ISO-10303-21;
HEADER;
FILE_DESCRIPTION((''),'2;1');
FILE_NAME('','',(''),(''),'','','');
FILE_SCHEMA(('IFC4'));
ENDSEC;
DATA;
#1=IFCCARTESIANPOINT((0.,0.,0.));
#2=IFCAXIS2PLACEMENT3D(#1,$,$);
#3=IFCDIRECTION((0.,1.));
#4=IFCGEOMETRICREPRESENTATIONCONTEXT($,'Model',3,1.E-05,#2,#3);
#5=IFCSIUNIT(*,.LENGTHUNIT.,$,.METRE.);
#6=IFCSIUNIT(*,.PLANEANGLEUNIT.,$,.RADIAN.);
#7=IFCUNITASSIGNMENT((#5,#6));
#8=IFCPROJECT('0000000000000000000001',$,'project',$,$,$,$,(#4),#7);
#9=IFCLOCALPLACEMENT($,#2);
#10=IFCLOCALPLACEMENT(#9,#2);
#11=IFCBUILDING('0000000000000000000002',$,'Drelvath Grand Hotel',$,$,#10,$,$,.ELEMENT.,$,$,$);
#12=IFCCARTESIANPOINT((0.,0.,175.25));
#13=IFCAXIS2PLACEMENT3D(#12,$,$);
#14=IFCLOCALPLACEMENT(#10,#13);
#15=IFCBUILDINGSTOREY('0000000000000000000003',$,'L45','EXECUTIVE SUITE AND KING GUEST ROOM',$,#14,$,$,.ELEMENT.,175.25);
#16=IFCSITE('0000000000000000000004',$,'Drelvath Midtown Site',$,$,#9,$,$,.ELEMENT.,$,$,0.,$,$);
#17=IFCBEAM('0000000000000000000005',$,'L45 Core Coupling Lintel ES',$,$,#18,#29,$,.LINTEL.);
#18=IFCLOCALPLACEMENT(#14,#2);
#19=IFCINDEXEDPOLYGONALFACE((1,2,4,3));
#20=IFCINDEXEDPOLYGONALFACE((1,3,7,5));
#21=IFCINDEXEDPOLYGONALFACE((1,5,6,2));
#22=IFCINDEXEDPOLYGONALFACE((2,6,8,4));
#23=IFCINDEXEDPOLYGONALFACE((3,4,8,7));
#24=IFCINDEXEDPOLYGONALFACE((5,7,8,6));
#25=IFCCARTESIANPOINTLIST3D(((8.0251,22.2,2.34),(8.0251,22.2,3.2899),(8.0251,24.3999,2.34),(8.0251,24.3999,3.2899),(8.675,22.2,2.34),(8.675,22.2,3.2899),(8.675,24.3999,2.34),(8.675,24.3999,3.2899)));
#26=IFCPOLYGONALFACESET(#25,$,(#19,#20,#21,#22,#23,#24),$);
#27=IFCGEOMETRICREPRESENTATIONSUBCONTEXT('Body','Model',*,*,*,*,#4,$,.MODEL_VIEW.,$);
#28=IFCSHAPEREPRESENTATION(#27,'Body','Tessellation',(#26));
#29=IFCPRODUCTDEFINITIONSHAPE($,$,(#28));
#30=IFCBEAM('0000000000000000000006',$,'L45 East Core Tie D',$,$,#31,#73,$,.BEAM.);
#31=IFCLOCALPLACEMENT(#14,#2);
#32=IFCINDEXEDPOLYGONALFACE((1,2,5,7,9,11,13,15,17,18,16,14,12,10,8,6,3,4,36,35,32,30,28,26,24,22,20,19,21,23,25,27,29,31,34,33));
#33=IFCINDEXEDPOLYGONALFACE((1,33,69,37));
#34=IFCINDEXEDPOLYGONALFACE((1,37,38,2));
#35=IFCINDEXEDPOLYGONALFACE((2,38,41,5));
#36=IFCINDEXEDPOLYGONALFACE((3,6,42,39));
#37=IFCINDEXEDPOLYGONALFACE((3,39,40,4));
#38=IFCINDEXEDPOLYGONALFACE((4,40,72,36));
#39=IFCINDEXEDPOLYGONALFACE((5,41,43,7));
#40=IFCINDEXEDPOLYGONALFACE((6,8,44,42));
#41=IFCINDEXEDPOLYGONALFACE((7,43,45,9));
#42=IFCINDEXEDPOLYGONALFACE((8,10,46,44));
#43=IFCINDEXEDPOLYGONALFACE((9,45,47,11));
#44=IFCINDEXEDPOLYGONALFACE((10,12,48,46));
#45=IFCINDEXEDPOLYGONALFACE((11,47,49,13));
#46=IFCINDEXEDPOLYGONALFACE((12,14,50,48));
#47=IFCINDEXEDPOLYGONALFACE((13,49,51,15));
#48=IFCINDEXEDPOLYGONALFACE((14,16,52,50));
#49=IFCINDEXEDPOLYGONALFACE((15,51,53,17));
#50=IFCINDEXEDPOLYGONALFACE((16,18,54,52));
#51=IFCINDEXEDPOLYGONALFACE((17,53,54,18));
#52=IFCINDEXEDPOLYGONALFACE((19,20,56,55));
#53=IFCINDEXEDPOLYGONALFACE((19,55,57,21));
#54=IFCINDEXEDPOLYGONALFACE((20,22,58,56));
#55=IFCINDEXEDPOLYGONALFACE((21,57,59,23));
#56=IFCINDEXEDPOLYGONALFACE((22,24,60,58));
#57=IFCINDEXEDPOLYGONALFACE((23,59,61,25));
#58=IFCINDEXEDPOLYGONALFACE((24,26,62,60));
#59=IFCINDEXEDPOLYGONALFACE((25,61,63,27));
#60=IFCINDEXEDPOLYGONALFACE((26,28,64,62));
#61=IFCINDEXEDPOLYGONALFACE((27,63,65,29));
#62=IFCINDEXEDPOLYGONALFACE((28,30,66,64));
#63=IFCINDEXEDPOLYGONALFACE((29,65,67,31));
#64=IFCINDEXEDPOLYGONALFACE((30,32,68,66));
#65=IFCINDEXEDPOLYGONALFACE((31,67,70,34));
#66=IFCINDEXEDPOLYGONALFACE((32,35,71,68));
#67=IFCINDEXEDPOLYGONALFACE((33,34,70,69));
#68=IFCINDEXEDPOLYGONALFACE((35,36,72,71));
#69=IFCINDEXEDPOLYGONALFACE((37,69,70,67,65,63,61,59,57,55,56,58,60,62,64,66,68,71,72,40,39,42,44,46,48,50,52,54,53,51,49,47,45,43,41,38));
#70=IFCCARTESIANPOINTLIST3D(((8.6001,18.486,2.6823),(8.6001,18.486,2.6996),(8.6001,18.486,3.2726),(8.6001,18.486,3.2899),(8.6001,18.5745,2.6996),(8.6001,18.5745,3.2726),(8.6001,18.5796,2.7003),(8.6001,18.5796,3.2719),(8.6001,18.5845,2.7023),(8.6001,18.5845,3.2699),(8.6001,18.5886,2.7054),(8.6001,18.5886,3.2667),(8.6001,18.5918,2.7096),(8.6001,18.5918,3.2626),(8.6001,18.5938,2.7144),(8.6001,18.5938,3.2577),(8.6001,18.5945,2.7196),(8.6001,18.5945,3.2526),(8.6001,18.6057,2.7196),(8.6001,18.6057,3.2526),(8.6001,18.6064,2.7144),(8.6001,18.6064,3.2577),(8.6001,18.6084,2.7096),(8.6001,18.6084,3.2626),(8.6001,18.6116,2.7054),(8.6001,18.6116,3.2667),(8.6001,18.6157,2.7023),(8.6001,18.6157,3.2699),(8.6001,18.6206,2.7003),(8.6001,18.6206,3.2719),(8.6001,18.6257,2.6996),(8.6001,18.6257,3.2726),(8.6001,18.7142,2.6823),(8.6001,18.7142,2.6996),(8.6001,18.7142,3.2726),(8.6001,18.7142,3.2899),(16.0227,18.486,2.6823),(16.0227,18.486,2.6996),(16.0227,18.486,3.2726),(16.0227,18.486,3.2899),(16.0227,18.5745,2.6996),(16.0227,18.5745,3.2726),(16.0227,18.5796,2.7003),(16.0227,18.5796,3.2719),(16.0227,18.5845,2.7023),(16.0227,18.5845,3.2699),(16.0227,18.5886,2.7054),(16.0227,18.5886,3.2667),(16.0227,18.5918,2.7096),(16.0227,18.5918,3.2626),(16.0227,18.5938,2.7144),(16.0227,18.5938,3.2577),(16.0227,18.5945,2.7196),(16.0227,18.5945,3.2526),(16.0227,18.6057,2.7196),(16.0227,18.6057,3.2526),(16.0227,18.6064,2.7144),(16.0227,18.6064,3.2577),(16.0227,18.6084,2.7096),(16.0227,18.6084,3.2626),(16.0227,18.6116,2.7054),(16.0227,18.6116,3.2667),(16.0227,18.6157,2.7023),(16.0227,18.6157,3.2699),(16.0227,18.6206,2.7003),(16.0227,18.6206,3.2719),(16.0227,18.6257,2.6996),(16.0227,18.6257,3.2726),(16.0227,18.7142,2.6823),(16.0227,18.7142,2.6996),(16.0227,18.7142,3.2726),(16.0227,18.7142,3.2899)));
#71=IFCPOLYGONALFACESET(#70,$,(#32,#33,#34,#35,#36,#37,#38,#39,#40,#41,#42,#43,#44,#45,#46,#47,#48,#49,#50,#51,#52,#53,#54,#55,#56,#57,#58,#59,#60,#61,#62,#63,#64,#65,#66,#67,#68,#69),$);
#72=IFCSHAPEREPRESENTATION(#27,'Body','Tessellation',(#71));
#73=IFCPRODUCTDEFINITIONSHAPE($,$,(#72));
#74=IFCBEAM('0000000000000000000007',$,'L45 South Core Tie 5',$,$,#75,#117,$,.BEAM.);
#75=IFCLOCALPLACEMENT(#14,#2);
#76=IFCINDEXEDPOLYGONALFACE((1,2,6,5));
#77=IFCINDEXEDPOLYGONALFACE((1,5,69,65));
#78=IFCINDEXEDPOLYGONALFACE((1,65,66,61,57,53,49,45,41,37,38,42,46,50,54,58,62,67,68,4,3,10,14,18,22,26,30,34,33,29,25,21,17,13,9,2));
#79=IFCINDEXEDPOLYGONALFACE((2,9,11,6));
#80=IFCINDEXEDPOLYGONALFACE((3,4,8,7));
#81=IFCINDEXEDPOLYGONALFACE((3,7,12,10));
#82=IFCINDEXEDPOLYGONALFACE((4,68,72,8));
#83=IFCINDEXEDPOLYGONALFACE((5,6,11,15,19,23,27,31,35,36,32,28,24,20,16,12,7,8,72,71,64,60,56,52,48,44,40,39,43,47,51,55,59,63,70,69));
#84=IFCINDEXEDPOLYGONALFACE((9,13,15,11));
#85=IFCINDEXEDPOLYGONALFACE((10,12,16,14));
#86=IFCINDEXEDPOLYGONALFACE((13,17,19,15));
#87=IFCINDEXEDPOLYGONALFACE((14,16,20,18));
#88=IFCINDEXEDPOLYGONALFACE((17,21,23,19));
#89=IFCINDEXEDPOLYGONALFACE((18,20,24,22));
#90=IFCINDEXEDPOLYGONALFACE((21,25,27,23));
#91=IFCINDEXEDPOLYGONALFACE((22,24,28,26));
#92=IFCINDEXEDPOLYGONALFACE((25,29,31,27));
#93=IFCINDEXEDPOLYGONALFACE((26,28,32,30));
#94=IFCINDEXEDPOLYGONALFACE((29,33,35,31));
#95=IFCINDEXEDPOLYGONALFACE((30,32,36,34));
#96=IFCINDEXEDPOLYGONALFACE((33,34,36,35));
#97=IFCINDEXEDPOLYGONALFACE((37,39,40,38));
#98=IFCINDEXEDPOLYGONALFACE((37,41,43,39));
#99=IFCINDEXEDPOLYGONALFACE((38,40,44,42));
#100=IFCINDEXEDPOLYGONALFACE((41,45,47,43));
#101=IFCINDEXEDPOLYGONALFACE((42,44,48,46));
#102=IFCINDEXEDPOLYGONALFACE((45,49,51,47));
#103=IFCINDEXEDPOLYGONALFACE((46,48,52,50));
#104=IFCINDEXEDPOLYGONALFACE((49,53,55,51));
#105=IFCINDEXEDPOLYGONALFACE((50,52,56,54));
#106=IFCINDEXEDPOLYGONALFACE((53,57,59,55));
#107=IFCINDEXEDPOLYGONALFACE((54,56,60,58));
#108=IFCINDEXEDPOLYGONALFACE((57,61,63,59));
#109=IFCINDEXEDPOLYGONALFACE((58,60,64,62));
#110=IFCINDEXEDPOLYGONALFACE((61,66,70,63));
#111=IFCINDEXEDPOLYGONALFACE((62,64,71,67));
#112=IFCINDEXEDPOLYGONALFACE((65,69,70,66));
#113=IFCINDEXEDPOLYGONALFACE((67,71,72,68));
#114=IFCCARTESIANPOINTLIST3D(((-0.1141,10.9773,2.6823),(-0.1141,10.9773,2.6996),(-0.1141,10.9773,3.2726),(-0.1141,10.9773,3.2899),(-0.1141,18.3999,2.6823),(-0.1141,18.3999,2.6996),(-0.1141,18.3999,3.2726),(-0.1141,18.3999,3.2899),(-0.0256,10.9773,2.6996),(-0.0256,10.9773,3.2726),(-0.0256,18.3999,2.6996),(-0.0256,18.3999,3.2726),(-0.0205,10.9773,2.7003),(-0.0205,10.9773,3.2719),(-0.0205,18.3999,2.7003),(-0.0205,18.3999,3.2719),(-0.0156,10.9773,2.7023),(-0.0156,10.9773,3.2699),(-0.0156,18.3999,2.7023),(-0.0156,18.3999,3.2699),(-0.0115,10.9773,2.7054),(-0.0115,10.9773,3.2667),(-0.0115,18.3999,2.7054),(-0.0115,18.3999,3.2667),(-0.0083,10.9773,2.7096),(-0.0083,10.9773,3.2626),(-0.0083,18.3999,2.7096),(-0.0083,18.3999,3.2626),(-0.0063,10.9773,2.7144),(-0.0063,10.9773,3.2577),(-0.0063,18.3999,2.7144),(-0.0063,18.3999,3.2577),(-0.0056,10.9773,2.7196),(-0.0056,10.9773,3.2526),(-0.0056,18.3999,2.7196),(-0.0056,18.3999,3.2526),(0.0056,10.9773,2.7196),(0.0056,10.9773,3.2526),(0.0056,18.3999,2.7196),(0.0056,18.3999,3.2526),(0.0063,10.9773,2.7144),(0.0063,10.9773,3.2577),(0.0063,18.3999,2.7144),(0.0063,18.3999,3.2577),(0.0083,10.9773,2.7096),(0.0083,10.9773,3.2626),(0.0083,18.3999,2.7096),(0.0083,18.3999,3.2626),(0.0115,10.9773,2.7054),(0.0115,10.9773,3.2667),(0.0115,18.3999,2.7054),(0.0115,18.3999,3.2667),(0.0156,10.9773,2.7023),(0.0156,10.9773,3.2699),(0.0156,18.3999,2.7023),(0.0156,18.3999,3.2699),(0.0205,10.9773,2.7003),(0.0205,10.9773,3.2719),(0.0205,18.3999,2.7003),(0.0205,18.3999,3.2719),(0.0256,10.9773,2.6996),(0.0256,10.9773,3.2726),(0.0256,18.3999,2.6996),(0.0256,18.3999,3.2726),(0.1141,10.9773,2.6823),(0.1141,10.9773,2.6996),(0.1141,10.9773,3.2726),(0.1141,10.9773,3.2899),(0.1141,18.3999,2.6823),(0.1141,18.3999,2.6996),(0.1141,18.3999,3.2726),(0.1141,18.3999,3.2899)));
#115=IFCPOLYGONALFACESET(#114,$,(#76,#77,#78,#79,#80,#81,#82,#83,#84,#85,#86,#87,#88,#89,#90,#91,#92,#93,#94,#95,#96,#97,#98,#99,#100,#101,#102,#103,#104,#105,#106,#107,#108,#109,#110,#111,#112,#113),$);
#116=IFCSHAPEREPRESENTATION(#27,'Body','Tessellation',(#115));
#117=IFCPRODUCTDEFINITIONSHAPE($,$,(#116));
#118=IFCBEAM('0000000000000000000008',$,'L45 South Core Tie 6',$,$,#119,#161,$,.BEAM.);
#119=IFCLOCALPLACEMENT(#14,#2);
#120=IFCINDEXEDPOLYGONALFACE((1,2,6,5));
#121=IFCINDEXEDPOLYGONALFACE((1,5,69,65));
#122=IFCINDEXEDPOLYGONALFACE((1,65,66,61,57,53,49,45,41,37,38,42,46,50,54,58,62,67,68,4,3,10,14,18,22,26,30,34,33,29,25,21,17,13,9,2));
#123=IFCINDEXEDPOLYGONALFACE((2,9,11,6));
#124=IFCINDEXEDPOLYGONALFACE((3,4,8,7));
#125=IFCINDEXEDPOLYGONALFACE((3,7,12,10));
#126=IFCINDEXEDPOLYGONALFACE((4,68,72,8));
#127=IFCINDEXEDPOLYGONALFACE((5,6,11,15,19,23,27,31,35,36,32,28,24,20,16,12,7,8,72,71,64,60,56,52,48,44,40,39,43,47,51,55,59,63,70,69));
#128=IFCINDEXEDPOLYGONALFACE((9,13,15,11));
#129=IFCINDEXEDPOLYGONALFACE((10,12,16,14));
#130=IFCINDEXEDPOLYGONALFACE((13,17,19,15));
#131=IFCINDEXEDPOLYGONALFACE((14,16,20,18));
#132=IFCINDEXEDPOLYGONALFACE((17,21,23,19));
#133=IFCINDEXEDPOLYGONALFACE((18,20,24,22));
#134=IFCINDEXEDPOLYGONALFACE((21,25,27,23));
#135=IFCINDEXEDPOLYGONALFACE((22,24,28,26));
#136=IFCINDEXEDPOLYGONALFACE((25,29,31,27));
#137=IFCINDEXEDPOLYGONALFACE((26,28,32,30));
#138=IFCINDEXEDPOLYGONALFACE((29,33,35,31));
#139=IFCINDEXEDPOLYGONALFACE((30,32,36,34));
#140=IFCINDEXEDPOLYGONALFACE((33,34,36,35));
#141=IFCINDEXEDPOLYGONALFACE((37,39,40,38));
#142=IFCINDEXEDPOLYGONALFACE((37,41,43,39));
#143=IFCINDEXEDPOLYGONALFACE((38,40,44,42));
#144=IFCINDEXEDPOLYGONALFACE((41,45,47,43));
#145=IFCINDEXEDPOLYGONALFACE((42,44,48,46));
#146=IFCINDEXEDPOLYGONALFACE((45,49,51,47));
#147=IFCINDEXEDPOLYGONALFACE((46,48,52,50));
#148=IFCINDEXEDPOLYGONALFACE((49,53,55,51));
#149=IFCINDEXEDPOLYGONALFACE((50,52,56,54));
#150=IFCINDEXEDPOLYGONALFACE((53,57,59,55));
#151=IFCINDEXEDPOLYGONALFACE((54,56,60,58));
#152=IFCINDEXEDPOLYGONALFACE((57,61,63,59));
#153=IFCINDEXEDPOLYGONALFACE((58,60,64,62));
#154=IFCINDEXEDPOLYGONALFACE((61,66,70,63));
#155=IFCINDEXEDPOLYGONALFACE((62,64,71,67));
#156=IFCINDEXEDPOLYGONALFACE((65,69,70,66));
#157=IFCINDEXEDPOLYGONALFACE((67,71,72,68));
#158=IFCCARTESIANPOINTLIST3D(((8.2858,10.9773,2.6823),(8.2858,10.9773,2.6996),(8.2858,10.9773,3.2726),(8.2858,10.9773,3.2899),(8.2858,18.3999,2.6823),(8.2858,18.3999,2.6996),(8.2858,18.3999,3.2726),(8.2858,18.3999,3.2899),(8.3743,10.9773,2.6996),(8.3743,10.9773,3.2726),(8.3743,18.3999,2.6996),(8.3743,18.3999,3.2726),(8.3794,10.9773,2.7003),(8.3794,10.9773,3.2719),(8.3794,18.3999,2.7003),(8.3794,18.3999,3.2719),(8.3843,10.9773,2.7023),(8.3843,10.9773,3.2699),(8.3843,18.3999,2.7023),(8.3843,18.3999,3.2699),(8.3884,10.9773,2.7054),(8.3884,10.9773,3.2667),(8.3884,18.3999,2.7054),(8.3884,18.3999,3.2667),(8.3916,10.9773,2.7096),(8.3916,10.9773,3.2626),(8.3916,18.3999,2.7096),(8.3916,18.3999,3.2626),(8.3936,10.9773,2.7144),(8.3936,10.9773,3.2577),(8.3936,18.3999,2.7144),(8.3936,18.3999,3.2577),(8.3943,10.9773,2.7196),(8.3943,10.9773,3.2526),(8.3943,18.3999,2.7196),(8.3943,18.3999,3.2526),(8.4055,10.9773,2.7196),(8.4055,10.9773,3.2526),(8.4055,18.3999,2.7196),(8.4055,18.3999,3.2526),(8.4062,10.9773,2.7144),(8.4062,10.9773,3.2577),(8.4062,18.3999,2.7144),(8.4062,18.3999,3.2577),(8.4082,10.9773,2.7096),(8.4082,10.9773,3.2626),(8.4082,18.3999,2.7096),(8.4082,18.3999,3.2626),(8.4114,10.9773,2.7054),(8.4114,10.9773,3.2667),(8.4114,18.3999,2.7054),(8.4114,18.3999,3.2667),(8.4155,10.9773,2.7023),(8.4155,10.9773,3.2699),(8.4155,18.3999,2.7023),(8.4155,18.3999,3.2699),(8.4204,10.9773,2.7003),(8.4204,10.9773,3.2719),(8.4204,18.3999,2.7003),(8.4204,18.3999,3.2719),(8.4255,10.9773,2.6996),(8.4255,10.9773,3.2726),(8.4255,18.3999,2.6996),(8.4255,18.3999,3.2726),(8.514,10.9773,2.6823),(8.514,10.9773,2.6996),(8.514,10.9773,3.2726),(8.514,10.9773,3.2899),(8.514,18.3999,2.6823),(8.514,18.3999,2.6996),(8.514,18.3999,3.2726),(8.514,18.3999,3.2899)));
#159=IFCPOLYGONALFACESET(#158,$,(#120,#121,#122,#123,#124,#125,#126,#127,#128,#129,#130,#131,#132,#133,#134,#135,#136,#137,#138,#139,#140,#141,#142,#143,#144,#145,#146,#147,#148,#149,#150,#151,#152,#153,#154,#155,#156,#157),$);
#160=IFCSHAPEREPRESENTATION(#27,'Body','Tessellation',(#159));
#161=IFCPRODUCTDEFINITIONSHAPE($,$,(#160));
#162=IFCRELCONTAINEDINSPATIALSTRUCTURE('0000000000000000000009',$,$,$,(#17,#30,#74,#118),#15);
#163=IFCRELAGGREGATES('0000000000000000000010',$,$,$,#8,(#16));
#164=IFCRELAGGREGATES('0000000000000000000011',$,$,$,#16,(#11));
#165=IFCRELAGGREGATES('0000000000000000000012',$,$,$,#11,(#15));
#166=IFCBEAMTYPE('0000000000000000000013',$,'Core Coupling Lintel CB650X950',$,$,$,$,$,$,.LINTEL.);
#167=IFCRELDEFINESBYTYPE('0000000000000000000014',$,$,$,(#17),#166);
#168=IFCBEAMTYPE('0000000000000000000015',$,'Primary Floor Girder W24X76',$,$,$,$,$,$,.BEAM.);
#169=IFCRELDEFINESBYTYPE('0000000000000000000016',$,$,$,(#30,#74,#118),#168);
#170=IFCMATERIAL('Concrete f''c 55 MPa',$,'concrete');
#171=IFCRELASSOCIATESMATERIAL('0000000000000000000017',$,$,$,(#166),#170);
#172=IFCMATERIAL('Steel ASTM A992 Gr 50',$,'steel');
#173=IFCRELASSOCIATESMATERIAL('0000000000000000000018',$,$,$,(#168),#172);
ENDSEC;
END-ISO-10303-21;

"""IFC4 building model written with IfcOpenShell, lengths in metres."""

from ifc_helpers import new_model, si_unit, direction, frame, origin, origin_2d, place, context, subcontext, project, spatial, rectangle, i_section, extrude, material, material_profile, profile_set, type_object, element, save


model = new_model("IFC4")

# Units and contexts
model_context = context("Model", 3, precision=1e-05, world=origin(), true_north=direction((0.0, 1.0)))
body_context = subcontext(model_context, "Body", "Model", "MODEL_VIEW")
ifc_project = project(units=[si_unit("LENGTHUNIT", "METRE"), si_unit("PLANEANGLEUNIT", "RADIAN")], contexts=[model_context])

# Site, building, storey
site_placement = place(None, origin())
site = spatial("IfcSite", under=ifc_project, at=site_placement, Name="Drelvath Midtown Site", CompositionType="ELEMENT", RefElevation=0.0)
building_placement = place(site_placement, origin())
building = spatial("IfcBuilding", under=site, at=building_placement, Name="Drelvath Grand Hotel", CompositionType="ELEMENT")
storey_placement = place(building_placement, frame((0.0, 0.0, 175.25)))
storey = spatial("IfcBuildingStorey", under=building, at=storey_placement, Name="L45", Description="EXECUTIVE SUITE AND KING GUEST ROOM", CompositionType="ELEMENT", Elevation=175.25)

# Beams
ifc_material_1 = material(Name="Concrete f'c 55 MPa", Category="concrete")
ifc_material_profile_1 = material_profile(ifc_material_1, rectangle(XDim=0.6499, YDim=0.95, at=origin_2d()), Name="CB650X950")
ifc_profile_set_1 = profile_set([ifc_material_profile_1], Name="Concrete f'c 55 MPa")
beam_type_1 = type_object("IfcBeamType", Name="Core Coupling Lintel CB650X950", PredefinedType="LINTEL", material=ifc_profile_set_1)
beam_placement = place(storey_placement, frame((8.3501, 22.2, 2.8149), z_axis=(0.0, 1.0, 0.0), x_axis=(-1.0, 0.0, 0.0)))
element("IfcBeam", 1, at=beam_placement, inside=storey, type_object=beam_type_1, Name="L45 Core Coupling Lintel ES", PredefinedType="LINTEL", context=body_context, shape_type="SweptSolid", body=[
    extrude(rectangle(XDim=0.6499, YDim=0.95, at=origin_2d()), origin(), (0.0, 0.0, 1.0), 2.2),
])
ifc_material_2 = material(Name="Steel ASTM A992 Gr 50", Category="steel")
ifc_material_profile_2 = material_profile(ifc_material_2, i_section(OverallWidth=0.2283, OverallDepth=0.6077, WebThickness=0.0112, FlangeThickness=0.0173, FilletRadius=0.02, at=origin_2d()), Name="W24X76")
ifc_profile_set_2 = profile_set([ifc_material_profile_2], Name="Steel ASTM A992 Gr 50")
beam_type_2 = type_object("IfcBeamType", Name="Primary Floor Girder W24X76", PredefinedType="BEAM", material=ifc_profile_set_2)
for number, where, z_axis, x_axis, name in (
    (2, (8.6001, 18.6001, 2.9861), (1.0, 0.0, 0.0), (0.0, 1.0, 0.0), "L45 East Core Tie D"),
    (3, (0.0, 10.9773, 2.9861), (0.0, 1.0, 0.0), (-1.0, 0.0, 0.0), "L45 South Core Tie 5"),
    (4, (8.3999, 10.9773, 2.9861), (0.0, 1.0, 0.0), (-1.0, 0.0, 0.0), "L45 South Core Tie 6"),
):
    element("IfcBeam", number, at=place(storey_placement, frame(where, z_axis=z_axis, x_axis=x_axis)), inside=storey, type_object=beam_type_2, Name=name, PredefinedType="BEAM", context=body_context, shape_type="SweptSolid", body=[
        extrude(i_section(OverallWidth=0.2283, OverallDepth=0.6077, WebThickness=0.0112, FlangeThickness=0.0173, FilletRadius=0.02, at=origin_2d()), origin(), (0.0, 0.0, 1.0), 7.4226),
    ])

save(model, "model.ifc")
